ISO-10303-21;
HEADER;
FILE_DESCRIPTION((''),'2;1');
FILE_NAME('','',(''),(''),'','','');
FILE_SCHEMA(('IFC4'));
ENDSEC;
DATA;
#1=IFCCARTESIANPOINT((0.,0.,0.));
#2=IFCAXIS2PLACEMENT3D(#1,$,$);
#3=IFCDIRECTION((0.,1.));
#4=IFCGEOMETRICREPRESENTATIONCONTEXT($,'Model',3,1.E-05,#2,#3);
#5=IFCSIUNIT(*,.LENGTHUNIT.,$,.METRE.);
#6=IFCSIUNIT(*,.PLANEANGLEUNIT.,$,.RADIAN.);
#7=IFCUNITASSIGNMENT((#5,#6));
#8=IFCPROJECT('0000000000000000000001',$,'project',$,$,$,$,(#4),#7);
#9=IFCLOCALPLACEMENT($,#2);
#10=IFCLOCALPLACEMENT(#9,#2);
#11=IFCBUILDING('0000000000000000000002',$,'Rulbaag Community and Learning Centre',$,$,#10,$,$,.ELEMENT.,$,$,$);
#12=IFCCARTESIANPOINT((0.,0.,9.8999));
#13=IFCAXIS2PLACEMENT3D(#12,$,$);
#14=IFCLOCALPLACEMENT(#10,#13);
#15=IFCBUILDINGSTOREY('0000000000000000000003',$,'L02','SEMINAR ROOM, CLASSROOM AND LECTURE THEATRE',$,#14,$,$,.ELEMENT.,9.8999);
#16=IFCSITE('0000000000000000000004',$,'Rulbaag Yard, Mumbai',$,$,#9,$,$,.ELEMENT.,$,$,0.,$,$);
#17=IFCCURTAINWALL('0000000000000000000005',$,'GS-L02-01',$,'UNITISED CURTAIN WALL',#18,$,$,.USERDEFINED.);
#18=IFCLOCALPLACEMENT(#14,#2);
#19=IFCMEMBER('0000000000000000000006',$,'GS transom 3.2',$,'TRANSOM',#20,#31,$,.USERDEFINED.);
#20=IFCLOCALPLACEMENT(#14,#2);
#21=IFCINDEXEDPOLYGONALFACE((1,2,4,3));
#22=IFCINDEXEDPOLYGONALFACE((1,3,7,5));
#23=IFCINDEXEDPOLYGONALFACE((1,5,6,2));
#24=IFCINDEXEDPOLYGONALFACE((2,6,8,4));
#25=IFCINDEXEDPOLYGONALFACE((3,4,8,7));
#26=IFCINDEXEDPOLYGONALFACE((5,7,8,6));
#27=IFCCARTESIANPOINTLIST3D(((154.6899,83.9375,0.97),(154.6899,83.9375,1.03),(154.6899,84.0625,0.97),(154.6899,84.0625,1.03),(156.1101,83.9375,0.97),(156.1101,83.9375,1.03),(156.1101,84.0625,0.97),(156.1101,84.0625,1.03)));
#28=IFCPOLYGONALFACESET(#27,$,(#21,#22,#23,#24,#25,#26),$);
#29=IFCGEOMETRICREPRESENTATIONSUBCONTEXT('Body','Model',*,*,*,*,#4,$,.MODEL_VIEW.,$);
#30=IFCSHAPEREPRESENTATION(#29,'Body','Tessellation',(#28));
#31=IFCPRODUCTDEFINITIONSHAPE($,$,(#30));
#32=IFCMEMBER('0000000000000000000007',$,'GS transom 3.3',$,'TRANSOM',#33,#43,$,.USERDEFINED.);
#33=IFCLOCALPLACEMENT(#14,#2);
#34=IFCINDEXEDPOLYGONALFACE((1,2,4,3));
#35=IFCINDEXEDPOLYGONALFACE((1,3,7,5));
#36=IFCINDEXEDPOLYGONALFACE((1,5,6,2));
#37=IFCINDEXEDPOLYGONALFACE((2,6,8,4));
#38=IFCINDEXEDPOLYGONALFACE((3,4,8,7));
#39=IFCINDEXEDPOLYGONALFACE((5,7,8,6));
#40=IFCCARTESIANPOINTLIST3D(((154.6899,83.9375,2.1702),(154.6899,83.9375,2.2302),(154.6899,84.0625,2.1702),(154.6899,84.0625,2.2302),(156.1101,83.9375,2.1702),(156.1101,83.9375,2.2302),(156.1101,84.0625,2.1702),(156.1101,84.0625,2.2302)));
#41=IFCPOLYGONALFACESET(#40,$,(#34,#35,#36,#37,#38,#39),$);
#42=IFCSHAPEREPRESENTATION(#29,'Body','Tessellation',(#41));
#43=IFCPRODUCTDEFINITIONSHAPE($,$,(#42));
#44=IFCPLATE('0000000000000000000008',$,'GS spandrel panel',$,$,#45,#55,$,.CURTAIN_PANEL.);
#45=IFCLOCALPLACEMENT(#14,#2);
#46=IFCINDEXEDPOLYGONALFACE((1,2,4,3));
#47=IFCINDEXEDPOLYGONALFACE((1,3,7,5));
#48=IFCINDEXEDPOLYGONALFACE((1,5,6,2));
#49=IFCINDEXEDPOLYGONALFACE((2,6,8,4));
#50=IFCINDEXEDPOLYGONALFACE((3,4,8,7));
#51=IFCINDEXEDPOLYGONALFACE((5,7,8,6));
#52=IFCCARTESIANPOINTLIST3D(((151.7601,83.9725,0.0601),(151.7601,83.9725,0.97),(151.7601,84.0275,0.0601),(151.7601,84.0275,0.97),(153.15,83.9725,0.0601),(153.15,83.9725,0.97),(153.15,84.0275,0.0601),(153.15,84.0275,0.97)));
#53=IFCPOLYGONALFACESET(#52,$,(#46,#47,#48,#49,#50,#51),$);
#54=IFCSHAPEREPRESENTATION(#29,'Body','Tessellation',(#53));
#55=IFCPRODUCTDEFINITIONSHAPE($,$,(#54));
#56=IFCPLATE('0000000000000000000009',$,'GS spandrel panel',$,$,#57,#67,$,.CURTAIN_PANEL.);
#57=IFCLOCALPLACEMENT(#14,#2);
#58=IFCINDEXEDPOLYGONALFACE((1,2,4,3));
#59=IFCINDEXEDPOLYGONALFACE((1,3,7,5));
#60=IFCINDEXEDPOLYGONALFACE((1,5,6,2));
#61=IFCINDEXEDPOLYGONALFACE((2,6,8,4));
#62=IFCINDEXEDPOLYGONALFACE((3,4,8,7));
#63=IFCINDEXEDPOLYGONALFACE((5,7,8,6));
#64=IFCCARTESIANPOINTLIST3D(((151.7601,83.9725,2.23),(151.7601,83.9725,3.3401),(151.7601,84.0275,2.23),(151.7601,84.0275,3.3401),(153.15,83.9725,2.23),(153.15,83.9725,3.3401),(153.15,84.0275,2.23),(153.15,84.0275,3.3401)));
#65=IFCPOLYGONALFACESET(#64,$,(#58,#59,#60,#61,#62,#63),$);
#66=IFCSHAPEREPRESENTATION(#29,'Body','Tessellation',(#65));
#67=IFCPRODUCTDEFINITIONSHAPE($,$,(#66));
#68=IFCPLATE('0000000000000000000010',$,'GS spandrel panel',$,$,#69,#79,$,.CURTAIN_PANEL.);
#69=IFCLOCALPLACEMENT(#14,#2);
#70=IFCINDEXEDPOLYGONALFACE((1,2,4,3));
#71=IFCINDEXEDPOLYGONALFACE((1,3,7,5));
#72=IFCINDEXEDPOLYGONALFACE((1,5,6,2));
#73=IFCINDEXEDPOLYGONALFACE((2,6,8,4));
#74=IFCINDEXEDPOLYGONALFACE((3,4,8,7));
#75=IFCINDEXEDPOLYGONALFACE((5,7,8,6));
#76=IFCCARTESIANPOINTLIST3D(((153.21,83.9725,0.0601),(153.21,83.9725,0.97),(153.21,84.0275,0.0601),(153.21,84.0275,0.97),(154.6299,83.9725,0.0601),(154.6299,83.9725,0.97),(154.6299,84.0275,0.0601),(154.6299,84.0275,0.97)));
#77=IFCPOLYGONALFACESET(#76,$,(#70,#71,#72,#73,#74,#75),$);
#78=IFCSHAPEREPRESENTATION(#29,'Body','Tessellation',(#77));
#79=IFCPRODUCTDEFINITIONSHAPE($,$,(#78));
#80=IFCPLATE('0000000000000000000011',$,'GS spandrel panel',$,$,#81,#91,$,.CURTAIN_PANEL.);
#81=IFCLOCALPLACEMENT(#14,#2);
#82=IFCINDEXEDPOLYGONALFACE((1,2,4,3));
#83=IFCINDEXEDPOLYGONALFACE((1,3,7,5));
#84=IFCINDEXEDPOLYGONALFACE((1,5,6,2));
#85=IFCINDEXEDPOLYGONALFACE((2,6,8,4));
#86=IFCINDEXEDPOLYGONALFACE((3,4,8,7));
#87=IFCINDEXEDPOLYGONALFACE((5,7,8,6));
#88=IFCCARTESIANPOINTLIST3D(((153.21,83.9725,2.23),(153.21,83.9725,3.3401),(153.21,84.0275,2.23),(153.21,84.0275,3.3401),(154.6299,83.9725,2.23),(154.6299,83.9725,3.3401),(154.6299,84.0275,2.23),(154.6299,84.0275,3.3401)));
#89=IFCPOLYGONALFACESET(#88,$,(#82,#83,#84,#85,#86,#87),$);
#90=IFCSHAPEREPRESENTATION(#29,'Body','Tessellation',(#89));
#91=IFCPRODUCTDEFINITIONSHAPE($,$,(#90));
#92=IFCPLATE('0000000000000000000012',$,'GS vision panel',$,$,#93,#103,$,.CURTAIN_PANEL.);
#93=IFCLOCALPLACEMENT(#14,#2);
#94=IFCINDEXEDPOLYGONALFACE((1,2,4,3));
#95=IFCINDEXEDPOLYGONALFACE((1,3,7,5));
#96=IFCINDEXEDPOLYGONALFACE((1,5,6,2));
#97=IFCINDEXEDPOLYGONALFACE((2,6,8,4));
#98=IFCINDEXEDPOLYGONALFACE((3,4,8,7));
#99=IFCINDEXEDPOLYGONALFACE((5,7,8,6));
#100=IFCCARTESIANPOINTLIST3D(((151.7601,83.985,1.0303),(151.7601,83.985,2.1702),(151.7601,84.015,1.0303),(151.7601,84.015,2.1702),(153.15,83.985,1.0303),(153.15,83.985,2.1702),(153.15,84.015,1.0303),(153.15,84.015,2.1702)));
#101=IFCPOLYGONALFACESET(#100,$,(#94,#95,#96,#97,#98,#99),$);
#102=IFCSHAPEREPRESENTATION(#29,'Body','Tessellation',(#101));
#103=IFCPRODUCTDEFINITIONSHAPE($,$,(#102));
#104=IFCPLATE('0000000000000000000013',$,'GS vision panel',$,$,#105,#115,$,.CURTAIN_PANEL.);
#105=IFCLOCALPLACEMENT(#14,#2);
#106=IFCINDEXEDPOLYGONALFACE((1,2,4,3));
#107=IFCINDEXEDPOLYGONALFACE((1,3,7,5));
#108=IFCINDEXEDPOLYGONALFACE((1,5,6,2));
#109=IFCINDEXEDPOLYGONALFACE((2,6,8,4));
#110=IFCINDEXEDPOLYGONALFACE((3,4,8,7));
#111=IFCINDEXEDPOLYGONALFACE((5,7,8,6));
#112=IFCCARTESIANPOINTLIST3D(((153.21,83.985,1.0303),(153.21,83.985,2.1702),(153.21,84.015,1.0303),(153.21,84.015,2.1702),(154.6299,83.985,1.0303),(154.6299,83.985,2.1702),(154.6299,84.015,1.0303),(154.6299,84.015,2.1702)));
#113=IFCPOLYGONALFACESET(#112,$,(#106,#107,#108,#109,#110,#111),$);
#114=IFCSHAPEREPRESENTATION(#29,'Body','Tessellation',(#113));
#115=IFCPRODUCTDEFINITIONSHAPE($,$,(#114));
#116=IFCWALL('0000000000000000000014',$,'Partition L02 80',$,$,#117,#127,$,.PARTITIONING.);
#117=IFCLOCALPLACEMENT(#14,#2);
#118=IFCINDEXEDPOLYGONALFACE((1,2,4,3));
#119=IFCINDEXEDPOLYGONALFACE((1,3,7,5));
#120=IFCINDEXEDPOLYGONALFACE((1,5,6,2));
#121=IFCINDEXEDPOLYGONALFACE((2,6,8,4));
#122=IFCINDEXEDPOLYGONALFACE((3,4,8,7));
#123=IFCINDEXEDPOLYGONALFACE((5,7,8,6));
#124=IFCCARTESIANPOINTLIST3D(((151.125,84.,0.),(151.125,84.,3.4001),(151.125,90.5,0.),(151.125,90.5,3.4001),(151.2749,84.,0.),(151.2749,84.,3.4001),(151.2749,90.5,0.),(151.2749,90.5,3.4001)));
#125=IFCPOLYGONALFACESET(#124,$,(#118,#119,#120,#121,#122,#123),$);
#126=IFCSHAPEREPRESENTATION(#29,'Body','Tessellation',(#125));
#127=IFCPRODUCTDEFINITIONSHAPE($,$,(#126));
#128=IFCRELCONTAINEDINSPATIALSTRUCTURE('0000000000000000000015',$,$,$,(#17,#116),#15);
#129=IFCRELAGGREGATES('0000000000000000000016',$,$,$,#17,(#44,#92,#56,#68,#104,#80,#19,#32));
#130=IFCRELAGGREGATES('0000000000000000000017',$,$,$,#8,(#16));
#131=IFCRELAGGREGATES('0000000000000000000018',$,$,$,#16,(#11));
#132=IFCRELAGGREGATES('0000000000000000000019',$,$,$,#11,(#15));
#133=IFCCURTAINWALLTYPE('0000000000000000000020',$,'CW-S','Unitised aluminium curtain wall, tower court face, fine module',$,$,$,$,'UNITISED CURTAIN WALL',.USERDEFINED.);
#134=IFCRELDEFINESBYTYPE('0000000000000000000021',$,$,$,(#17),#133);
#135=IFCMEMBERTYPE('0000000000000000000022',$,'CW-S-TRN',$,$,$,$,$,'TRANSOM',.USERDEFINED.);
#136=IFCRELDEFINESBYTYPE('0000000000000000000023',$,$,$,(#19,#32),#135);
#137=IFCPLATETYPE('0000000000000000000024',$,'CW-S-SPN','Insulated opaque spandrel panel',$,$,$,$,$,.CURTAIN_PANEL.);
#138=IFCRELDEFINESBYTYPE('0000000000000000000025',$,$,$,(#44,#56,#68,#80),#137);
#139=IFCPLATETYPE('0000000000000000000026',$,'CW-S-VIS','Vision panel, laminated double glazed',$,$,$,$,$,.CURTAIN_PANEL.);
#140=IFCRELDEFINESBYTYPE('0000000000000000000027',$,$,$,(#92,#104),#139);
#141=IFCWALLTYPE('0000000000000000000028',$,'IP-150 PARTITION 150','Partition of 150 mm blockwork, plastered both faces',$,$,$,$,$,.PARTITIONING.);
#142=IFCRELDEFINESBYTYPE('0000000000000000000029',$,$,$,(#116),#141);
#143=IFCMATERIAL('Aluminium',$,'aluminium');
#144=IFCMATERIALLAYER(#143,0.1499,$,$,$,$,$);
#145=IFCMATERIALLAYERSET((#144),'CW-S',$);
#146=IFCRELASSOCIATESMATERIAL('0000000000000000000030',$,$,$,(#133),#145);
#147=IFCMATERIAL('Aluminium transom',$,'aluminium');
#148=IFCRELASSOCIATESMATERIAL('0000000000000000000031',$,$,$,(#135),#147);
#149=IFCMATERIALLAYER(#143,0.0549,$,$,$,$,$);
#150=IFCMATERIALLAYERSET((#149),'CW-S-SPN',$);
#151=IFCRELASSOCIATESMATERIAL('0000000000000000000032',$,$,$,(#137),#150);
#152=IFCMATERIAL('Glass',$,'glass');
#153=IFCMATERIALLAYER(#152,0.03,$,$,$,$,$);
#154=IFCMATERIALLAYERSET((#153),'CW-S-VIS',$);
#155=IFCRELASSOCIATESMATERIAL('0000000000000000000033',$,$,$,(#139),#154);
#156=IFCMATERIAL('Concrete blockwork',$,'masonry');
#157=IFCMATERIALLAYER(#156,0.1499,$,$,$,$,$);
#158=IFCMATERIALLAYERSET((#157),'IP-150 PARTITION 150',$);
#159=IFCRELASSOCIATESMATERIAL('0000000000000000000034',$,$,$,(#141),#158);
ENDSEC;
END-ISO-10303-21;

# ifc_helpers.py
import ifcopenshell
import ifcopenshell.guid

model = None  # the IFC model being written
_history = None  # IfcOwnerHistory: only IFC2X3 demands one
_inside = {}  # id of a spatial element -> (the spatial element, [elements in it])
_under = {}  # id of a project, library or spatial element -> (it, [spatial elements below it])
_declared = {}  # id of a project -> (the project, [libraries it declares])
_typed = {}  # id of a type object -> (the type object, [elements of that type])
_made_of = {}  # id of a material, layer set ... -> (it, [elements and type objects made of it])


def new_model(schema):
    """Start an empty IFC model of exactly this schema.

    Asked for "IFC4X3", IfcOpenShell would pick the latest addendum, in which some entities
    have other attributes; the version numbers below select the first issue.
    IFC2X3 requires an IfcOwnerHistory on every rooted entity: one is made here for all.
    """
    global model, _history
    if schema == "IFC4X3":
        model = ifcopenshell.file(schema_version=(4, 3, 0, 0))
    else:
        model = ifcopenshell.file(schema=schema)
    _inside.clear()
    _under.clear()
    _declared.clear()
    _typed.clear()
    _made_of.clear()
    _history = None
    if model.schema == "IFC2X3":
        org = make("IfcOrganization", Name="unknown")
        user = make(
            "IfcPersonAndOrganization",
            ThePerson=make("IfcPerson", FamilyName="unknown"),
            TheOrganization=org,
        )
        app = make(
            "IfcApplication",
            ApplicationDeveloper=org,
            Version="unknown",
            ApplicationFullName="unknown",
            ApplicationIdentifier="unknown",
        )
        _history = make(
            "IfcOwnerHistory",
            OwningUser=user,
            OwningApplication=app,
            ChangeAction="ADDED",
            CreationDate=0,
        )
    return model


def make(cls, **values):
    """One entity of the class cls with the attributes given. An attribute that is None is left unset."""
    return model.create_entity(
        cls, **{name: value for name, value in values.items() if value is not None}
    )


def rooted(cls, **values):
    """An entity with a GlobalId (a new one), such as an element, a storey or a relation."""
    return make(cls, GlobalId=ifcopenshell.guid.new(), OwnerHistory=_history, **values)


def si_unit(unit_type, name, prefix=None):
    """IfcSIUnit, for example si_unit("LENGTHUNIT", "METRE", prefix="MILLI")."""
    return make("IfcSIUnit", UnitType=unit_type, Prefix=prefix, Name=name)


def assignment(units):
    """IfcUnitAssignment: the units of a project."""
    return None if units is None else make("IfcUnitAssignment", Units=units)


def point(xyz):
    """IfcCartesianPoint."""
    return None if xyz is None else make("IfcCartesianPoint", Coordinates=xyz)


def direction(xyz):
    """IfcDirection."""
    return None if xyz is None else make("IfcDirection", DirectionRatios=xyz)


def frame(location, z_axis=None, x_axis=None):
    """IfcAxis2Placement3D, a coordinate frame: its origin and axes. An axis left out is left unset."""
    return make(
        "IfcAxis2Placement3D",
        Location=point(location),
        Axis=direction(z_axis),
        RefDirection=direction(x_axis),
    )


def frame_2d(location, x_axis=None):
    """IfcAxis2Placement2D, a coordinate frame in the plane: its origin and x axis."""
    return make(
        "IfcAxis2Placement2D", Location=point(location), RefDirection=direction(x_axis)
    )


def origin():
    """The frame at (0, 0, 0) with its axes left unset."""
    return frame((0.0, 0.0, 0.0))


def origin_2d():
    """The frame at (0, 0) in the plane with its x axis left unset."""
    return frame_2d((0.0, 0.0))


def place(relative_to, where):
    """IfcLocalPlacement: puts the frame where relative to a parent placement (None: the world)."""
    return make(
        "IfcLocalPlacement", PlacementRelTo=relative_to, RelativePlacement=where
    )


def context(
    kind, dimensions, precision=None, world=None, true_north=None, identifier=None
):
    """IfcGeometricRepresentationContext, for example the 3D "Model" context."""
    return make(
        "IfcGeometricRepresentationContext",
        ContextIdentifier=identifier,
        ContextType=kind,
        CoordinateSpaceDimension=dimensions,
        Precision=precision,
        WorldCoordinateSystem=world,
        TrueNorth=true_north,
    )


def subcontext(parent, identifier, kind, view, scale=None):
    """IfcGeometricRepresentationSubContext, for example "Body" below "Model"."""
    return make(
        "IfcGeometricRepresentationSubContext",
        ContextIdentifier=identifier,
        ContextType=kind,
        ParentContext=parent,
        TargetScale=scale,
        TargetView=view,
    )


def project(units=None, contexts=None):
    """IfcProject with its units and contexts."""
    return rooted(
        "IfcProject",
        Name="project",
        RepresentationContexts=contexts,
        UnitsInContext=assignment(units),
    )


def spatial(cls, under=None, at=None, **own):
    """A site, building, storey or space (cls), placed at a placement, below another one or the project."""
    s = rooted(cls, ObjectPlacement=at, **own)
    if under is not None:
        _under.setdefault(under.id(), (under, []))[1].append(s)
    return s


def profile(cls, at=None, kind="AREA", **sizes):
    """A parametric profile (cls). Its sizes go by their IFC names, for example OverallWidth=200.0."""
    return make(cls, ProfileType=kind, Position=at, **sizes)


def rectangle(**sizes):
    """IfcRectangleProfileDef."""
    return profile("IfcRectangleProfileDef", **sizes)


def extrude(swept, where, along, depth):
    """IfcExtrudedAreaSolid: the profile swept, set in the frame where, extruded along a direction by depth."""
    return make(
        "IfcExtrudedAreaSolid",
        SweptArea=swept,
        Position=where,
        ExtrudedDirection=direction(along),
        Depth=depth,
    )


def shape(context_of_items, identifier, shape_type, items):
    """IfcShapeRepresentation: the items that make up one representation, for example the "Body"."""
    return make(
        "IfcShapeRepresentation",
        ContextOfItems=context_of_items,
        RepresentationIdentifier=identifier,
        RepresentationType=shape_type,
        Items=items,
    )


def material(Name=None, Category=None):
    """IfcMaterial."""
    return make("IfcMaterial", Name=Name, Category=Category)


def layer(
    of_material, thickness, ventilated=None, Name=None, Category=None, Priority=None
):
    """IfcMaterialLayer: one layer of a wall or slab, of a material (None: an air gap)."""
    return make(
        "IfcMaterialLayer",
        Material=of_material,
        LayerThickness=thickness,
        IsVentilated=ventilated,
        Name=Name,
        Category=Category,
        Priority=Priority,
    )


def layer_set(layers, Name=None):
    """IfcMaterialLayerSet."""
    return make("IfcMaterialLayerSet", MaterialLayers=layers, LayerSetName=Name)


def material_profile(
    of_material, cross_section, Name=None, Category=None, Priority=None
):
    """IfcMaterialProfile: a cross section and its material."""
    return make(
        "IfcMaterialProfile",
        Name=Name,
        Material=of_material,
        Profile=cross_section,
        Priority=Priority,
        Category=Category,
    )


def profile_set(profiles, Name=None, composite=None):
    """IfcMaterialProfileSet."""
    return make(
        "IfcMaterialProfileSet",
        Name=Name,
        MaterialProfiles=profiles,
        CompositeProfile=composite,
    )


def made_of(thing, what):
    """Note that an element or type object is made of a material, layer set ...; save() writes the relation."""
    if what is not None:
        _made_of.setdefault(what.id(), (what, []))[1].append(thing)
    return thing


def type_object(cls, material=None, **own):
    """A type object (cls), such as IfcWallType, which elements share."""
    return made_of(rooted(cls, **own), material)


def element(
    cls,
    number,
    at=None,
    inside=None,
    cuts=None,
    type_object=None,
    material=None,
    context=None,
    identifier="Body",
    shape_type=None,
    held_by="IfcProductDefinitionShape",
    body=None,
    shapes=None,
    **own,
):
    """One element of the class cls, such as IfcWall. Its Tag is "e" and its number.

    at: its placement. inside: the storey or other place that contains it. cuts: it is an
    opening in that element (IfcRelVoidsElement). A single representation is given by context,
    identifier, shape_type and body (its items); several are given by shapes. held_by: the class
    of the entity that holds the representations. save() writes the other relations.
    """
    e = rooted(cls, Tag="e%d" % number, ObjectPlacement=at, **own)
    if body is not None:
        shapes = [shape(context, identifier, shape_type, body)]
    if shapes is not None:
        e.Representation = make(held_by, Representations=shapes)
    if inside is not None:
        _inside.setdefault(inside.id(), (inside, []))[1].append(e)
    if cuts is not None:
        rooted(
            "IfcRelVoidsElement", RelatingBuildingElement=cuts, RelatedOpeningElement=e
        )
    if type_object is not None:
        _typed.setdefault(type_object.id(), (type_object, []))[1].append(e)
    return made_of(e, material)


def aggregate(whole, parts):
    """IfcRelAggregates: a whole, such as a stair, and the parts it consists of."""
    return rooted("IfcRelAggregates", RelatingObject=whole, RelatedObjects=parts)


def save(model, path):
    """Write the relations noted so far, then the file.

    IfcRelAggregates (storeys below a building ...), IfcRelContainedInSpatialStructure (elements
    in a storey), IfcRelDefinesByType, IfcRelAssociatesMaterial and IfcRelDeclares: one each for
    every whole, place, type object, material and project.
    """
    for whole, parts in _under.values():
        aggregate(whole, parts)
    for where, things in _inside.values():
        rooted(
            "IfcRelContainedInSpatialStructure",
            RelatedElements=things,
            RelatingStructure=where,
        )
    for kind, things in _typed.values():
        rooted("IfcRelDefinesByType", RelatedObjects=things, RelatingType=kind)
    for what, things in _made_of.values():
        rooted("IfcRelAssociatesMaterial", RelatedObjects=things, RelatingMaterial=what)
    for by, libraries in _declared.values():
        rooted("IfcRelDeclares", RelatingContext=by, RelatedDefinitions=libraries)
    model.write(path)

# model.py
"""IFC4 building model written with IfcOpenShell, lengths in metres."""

from ifc_helpers import new_model, si_unit, direction, frame, frame_2d, origin, origin_2d, place, context, subcontext, project, spatial, rectangle, extrude, material, layer, layer_set, material_profile, profile_set, type_object, element, aggregate, save


model = new_model("IFC4")

# Units and contexts
model_context = context("Model", 3, precision=1e-05, world=origin(), true_north=direction((0.0, 1.0)))
body_context = subcontext(model_context, "Body", "Model", "MODEL_VIEW")
ifc_project = project(units=[si_unit("LENGTHUNIT", "METRE"), si_unit("PLANEANGLEUNIT", "RADIAN")], contexts=[model_context])

# Site, building, storey
site_placement = place(None, origin())
site = spatial("IfcSite", under=ifc_project, at=site_placement, Name="Rulbaag Yard, Mumbai", CompositionType="ELEMENT", RefElevation=0.0)
building_placement = place(site_placement, origin())
building = spatial("IfcBuilding", under=site, at=building_placement, Name="Rulbaag Community and Learning Centre", CompositionType="ELEMENT")
storey_placement = place(building_placement, frame((0.0, 0.0, 9.8999)))
storey = spatial("IfcBuildingStorey", under=building, at=storey_placement, Name="L02", Description="SEMINAR ROOM, CLASSROOM AND LECTURE THEATRE", CompositionType="ELEMENT", Elevation=9.8999)

# Curtain wall, members, plates
ifc_material_1 = material(Name="Aluminium", Category="aluminium")
ifc_layer_1 = layer(ifc_material_1, 0.1499)
ifc_layer_set_1 = layer_set([ifc_layer_1], Name="CW-S")
curtain_wall_type = type_object("IfcCurtainWallType", Name="CW-S", Description="Unitised aluminium curtain wall, tower court face, fine module", ElementType="UNITISED CURTAIN WALL", PredefinedType="USERDEFINED", material=ifc_layer_set_1)
curtain_wall_placement = place(storey_placement, origin())
curtain_wall = element("IfcCurtainWall", 1, at=curtain_wall_placement, inside=storey, type_object=curtain_wall_type, Name="GS-L02-01", ObjectType="UNITISED CURTAIN WALL", PredefinedType="USERDEFINED")
ifc_material_2 = material(Name="Aluminium transom", Category="aluminium")
ifc_material_profile_1 = material_profile(ifc_material_2, rectangle(XDim=0.125, YDim=0.0601, at=origin_2d()), Name="AL 60x125 T")
ifc_profile_set_1 = profile_set([ifc_material_profile_1], Name="Aluminium transom")
member_type_1 = type_object("IfcMemberType", Name="CW-S-TRN", ElementType="TRANSOM", PredefinedType="USERDEFINED", material=ifc_profile_set_1)
member_1_placement = place(storey_placement, frame((154.6899, 84.0, 1.0), z_axis=(1.0, 0.0, 0.0), x_axis=(0.0, 1.0, 0.0)))
member_1 = element("IfcMember", 2, at=member_1_placement, type_object=member_type_1, Name="GS transom 3.2", ObjectType="TRANSOM", PredefinedType="USERDEFINED", context=body_context, shape_type="SweptSolid", body=[
    extrude(rectangle(XDim=0.125, YDim=0.0601, at=origin_2d()), origin(), (0.0, 0.0, 1.0), 1.4202),
])
member_2_placement = place(storey_placement, frame((154.6899, 84.0, 2.2002), z_axis=(1.0, 0.0, 0.0), x_axis=(0.0, 1.0, 0.0)))
member_2 = element("IfcMember", 3, at=member_2_placement, type_object=member_type_1, Name="GS transom 3.3", ObjectType="TRANSOM", PredefinedType="USERDEFINED", context=body_context, shape_type="SweptSolid", body=[
    extrude(rectangle(XDim=0.125, YDim=0.0601, at=origin_2d()), origin(), (0.0, 0.0, 1.0), 1.4202),
])
ifc_layer_2 = layer(ifc_material_1, 0.0549)
ifc_layer_set_2 = layer_set([ifc_layer_2], Name="CW-S-SPN")
plate_type_1 = type_object("IfcPlateType", Name="CW-S-SPN", Description="Insulated opaque spandrel panel", PredefinedType="CURTAIN_PANEL", material=ifc_layer_set_2)
plate_1_placement = place(storey_placement, frame((152.4551, 84.0, 0.0601), z_axis=(0.0, 0.0, 1.0), x_axis=(1.0, 0.0, 0.0)))
plate_1 = element("IfcPlate", 4, at=plate_1_placement, type_object=plate_type_1, Name="GS spandrel panel", PredefinedType="CURTAIN_PANEL", context=body_context, shape_type="SweptSolid", body=[
    extrude(rectangle(XDim=1.3899, YDim=0.0549, at=origin_2d()), origin(), (0.0, 0.0, 1.0), 0.9099),
])
plate_2_placement = place(storey_placement, frame((152.4551, 84.0, 2.23), z_axis=(0.0, 0.0, 1.0), x_axis=(1.0, 0.0, 0.0)))
plate_2 = element("IfcPlate", 5, at=plate_2_placement, type_object=plate_type_1, Name="GS spandrel panel", PredefinedType="CURTAIN_PANEL", context=body_context, shape_type="SweptSolid", body=[
    extrude(rectangle(XDim=1.3899, YDim=0.0549, at=origin_2d()), origin(), (0.0, 0.0, 1.0), 1.1101),
])
plate_3_placement = place(storey_placement, frame((153.9199, 84.0, 0.0601), z_axis=(0.0, 0.0, 1.0), x_axis=(1.0, 0.0, 0.0)))
plate_3 = element("IfcPlate", 6, at=plate_3_placement, type_object=plate_type_1, Name="GS spandrel panel", PredefinedType="CURTAIN_PANEL", context=body_context, shape_type="SweptSolid", body=[
    extrude(rectangle(XDim=1.4199, YDim=0.0549, at=origin_2d()), origin(), (0.0, 0.0, 1.0), 0.9099),
])
plate_4_placement = place(storey_placement, frame((153.9199, 84.0, 2.23), z_axis=(0.0, 0.0, 1.0), x_axis=(1.0, 0.0, 0.0)))
plate_4 = element("IfcPlate", 7, at=plate_4_placement, type_object=plate_type_1, Name="GS spandrel panel", PredefinedType="CURTAIN_PANEL", context=body_context, shape_type="SweptSolid", body=[
    extrude(rectangle(XDim=1.4199, YDim=0.0549, at=origin_2d()), origin(), (0.0, 0.0, 1.0), 1.1101),
])
ifc_material_3 = material(Name="Glass", Category="glass")
ifc_layer_3 = layer(ifc_material_3, 0.03)
ifc_layer_set_3 = layer_set([ifc_layer_3], Name="CW-S-VIS")
plate_type_2 = type_object("IfcPlateType", Name="CW-S-VIS", Description="Vision panel, laminated double glazed", PredefinedType="CURTAIN_PANEL", material=ifc_layer_set_3)
plate_5_placement = place(storey_placement, frame((152.4551, 84.0, 1.0303), z_axis=(0.0, 0.0, 1.0), x_axis=(1.0, 0.0, 0.0)))
plate_5 = element("IfcPlate", 8, at=plate_5_placement, type_object=plate_type_2, Name="GS vision panel", PredefinedType="CURTAIN_PANEL", context=body_context, shape_type="SweptSolid", body=[
    extrude(rectangle(XDim=1.3899, YDim=0.03, at=origin_2d()), origin(), (0.0, 0.0, 1.0), 1.1399),
])
plate_6_placement = place(storey_placement, frame((153.9199, 84.0, 1.0303), z_axis=(0.0, 0.0, 1.0), x_axis=(1.0, 0.0, 0.0)))
plate_6 = element("IfcPlate", 9, at=plate_6_placement, type_object=plate_type_2, Name="GS vision panel", PredefinedType="CURTAIN_PANEL", context=body_context, shape_type="SweptSolid", body=[
    extrude(rectangle(XDim=1.4199, YDim=0.03, at=origin_2d()), origin(), (0.0, 0.0, 1.0), 1.1399),
])
aggregate(curtain_wall, [plate_1, plate_5, plate_2, plate_3, plate_6, plate_4, member_1, member_2])

# Wall
ifc_material_4 = material(Name="Concrete blockwork", Category="masonry")
ifc_layer_4 = layer(ifc_material_4, 0.1499)
ifc_layer_set_4 = layer_set([ifc_layer_4], Name="IP-150 PARTITION 150")
wall_type = type_object("IfcWallType", Name="IP-150 PARTITION 150", Description="Partition of 150 mm blockwork, plastered both faces", PredefinedType="PARTITIONING", material=ifc_layer_set_4)
wall_placement = place(storey_placement, frame((151.2, 84.0, 0.0), z_axis=(0.0, 0.0, 1.0), x_axis=(0.0, 1.0, 0.0)))
element("IfcWall", 10, at=wall_placement, inside=storey, type_object=wall_type, Name="Partition L02 80", PredefinedType="PARTITIONING", context=body_context, shape_type="SweptSolid", body=[
    extrude(rectangle(XDim=6.5, YDim=0.1499, at=frame_2d((3.25, 0.0))), origin(), (0.0, 0.0, 1.0), 3.4001),
])

save(model, "model.ifc")
